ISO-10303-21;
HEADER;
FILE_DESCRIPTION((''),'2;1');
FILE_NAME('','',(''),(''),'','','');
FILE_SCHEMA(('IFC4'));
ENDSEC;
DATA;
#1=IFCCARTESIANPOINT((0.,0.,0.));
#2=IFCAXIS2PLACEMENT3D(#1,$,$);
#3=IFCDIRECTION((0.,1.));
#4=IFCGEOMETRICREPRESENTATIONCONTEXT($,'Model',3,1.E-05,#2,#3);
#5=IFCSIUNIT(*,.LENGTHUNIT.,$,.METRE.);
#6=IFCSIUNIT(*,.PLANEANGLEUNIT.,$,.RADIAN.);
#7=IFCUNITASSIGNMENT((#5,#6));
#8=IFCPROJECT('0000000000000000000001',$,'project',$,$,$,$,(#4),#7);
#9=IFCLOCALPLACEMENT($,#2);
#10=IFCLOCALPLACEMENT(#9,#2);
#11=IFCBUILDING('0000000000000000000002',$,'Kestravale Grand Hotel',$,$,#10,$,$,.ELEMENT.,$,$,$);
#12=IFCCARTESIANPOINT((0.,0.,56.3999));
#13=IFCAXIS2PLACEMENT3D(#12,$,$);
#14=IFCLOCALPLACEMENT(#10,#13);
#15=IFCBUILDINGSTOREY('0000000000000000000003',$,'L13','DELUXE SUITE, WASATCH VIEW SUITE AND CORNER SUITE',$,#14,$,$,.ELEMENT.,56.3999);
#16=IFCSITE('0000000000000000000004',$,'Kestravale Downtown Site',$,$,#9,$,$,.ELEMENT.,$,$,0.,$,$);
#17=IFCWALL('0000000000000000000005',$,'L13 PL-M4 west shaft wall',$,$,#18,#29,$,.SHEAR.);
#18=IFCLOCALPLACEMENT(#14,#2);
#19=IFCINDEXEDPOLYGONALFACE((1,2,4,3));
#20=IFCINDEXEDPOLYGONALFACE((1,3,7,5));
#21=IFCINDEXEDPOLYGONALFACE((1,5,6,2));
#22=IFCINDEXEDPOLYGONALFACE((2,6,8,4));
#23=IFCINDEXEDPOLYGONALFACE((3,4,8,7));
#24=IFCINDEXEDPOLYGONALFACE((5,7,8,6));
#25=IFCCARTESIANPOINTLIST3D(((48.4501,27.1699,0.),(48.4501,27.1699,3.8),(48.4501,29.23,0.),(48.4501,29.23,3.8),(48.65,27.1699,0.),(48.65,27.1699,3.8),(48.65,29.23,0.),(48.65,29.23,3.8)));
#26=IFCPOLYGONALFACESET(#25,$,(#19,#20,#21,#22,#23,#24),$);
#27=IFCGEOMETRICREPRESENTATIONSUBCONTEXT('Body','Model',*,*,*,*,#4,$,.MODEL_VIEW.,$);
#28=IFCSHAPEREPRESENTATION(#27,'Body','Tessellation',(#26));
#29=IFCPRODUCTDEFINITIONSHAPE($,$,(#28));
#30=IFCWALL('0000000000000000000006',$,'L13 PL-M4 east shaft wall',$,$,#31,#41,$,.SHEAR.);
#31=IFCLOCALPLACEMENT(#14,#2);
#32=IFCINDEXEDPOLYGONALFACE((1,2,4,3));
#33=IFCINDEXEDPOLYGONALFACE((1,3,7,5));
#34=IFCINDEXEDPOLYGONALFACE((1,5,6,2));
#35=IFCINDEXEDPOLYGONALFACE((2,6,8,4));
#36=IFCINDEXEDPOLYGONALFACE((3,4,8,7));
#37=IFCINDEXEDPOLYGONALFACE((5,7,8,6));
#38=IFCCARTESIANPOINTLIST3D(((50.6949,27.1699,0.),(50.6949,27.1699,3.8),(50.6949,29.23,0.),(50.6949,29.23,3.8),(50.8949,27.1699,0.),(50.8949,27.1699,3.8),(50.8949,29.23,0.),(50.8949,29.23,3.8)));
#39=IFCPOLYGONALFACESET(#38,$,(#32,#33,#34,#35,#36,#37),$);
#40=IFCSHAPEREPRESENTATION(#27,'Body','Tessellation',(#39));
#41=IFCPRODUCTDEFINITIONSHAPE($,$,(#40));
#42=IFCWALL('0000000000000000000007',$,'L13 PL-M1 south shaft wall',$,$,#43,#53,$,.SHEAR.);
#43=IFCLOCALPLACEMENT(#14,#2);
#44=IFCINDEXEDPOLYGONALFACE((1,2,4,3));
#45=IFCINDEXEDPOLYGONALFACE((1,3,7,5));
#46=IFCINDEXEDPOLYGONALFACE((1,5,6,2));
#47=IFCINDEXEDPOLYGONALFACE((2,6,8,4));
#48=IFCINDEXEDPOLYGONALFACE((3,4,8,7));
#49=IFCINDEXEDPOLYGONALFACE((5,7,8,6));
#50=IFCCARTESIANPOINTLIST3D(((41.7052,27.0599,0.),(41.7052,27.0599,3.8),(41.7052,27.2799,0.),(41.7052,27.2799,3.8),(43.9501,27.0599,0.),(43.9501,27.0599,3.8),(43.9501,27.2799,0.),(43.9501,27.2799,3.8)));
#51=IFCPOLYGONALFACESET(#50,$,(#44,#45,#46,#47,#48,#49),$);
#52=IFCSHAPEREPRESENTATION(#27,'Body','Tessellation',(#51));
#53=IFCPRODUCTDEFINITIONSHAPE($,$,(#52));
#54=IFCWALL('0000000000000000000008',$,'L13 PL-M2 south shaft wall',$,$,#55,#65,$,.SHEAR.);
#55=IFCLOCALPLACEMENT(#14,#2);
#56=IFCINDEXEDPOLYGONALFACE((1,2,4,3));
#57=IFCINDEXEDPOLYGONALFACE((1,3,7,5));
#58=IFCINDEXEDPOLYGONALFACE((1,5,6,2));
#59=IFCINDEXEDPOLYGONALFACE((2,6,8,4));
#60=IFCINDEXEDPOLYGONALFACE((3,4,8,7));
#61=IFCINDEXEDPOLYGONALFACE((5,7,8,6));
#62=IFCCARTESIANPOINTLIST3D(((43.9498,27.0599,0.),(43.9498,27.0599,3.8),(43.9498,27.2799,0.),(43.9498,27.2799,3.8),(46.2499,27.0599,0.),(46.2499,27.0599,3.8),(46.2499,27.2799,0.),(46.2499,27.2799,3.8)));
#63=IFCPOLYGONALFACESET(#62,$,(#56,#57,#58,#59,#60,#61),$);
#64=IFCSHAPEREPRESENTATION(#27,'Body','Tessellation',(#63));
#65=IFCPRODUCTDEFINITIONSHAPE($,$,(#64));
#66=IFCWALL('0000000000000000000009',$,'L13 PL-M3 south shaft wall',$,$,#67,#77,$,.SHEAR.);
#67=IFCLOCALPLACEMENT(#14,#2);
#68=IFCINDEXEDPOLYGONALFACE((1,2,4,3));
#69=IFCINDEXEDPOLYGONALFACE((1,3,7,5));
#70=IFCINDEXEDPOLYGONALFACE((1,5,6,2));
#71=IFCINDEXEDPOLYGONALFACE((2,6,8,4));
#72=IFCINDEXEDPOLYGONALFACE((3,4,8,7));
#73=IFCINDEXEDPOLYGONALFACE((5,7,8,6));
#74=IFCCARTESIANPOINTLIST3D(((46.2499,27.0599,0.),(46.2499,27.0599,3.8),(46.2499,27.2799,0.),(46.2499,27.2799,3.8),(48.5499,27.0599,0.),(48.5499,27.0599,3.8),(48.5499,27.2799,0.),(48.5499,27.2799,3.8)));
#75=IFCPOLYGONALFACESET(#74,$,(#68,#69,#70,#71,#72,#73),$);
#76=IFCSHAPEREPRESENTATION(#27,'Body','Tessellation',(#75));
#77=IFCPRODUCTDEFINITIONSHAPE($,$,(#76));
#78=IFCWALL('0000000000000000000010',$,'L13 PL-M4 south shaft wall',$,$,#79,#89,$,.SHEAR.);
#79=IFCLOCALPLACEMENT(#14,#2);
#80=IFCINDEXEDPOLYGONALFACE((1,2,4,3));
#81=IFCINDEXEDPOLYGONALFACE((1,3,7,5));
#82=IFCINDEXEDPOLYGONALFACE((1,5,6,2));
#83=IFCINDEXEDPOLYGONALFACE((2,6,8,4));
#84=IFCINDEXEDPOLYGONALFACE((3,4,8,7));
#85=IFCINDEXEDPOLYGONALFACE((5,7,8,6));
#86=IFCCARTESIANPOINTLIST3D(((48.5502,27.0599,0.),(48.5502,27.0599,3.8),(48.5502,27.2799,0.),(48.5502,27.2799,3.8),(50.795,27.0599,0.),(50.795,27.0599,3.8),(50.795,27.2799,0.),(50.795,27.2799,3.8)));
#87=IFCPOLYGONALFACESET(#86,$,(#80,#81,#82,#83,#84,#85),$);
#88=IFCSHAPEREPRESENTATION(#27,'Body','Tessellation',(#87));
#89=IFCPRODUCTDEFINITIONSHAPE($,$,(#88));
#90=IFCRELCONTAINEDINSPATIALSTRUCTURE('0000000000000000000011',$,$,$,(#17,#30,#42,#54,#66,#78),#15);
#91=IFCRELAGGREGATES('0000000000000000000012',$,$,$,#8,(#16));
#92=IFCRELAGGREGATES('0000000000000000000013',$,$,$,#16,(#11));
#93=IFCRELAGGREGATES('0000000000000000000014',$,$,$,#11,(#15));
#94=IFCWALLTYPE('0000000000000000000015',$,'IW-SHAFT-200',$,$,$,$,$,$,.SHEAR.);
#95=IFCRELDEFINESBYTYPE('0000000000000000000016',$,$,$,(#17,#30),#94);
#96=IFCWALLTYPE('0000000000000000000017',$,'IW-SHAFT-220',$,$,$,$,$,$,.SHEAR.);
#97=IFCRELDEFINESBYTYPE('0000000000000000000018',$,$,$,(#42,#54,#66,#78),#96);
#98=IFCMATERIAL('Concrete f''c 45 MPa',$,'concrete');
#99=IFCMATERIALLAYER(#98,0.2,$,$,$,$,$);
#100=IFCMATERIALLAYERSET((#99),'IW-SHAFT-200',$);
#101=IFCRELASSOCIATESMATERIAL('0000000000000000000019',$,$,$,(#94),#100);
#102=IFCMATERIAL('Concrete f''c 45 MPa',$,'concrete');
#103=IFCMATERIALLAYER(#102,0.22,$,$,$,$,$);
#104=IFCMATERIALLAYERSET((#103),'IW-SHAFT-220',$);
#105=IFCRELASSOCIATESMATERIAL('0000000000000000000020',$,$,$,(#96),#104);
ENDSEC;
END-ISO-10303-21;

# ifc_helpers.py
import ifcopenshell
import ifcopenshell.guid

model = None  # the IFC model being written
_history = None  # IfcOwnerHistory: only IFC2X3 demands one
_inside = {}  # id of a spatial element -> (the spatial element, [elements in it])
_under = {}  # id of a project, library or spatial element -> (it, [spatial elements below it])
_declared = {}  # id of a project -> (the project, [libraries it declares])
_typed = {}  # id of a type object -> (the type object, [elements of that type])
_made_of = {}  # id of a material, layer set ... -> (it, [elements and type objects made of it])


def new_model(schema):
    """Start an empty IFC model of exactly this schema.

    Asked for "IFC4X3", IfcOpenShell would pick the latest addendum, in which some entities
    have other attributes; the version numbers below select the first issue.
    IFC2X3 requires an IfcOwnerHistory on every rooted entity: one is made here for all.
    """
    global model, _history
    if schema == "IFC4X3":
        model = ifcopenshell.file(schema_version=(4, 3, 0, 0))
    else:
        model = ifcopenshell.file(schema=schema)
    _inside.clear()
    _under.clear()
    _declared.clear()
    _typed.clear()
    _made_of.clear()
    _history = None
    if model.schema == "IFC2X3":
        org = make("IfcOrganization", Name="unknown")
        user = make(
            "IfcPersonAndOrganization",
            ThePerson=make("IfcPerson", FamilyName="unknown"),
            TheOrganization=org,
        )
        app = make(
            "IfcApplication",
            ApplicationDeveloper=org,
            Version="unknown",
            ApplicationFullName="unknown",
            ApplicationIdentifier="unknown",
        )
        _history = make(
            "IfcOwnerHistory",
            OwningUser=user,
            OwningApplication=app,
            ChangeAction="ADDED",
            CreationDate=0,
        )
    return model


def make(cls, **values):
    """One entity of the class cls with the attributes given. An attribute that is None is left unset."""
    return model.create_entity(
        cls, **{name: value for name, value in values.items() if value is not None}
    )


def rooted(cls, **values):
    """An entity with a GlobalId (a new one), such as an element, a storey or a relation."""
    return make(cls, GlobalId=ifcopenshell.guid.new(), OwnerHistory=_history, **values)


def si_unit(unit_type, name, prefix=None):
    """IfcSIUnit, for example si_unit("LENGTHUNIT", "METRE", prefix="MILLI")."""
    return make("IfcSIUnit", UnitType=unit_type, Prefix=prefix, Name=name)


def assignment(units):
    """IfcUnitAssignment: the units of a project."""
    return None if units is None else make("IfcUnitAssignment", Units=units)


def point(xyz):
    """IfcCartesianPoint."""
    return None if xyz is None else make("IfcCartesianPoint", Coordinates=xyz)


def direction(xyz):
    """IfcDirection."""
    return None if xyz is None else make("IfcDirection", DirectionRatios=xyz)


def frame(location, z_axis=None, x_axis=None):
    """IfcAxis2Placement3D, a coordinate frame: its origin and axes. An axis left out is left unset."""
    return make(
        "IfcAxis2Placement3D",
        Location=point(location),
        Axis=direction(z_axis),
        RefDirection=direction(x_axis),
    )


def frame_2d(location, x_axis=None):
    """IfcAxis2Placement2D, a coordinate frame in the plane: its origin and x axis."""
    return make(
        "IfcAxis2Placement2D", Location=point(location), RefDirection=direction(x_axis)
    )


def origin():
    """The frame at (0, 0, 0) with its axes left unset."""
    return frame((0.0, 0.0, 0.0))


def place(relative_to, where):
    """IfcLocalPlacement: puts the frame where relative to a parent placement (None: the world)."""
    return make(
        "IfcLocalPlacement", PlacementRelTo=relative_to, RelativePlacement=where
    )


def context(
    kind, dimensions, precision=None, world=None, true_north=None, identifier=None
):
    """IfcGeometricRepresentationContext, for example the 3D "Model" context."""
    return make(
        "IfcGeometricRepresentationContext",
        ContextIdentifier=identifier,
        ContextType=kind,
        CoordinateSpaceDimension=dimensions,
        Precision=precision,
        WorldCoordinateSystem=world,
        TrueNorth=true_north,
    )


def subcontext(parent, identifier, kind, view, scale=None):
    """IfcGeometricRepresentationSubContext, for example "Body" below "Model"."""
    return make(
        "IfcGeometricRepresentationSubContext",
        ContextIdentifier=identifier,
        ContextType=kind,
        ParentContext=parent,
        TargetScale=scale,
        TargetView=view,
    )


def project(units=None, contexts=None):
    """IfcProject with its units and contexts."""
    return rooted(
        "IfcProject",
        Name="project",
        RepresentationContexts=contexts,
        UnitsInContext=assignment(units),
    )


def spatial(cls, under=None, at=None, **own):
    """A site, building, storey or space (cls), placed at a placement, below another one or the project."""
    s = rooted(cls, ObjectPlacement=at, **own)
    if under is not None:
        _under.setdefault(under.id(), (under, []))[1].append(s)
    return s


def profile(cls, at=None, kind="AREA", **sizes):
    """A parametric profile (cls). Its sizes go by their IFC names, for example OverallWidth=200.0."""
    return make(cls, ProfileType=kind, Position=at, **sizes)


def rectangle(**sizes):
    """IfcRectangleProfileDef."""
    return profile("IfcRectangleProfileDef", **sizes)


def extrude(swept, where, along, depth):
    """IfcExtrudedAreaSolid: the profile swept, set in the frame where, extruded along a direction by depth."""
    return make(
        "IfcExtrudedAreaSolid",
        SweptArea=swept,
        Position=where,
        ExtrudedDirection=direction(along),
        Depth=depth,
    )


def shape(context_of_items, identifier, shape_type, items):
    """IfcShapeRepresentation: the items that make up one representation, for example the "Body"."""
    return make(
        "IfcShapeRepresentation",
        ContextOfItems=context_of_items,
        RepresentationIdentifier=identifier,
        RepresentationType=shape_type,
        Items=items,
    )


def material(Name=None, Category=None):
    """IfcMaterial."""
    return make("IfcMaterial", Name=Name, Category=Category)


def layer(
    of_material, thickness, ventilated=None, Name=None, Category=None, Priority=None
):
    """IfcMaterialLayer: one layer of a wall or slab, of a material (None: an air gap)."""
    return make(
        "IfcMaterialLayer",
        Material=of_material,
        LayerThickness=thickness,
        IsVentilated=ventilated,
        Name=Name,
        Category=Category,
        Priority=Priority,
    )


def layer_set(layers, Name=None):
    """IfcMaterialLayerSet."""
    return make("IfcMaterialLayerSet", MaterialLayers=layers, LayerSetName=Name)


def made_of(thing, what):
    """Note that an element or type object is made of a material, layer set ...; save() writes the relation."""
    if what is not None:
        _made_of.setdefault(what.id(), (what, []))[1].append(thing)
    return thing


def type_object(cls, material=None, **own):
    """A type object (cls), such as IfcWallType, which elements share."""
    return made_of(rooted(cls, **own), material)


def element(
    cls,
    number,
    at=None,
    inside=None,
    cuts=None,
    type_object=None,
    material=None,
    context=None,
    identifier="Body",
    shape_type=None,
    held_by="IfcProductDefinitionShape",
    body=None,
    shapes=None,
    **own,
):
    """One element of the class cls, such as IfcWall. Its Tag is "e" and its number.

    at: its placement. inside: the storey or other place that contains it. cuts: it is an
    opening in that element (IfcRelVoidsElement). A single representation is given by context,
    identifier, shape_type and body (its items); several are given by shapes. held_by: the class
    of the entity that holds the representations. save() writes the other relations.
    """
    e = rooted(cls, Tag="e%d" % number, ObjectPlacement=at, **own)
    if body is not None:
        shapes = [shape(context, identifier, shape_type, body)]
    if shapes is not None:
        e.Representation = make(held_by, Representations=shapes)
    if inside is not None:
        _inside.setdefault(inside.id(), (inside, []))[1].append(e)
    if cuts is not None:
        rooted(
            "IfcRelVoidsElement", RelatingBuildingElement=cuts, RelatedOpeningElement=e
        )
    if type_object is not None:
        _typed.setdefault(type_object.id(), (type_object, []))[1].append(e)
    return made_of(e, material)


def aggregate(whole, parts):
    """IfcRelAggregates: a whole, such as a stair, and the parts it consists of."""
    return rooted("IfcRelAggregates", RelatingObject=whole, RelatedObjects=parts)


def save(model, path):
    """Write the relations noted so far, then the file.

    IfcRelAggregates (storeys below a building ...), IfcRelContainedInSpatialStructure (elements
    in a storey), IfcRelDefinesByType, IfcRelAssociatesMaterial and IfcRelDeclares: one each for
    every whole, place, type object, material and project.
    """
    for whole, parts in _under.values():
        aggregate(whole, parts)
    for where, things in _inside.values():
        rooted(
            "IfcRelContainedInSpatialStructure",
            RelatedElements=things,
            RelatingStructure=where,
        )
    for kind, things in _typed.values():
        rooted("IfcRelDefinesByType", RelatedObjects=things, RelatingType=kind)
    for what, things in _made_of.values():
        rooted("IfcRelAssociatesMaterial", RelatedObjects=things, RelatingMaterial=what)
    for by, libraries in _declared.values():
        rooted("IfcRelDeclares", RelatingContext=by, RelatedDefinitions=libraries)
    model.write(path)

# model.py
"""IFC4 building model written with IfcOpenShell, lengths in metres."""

from ifc_helpers import new_model, si_unit, direction, frame, frame_2d, origin, place, context, subcontext, project, spatial, rectangle, extrude, material, layer, layer_set, type_object, element, save


model = new_model("IFC4")

# Units and contexts
model_context = context("Model", 3, precision=1e-05, world=origin(), true_north=direction((0.0, 1.0)))
body_context = subcontext(model_context, "Body", "Model", "MODEL_VIEW")
ifc_project = project(units=[si_unit("LENGTHUNIT", "METRE"), si_unit("PLANEANGLEUNIT", "RADIAN")], contexts=[model_context])

# Site, building, storey
site_placement = place(None, origin())
site = spatial("IfcSite", under=ifc_project, at=site_placement, Name="Kestravale Downtown Site", CompositionType="ELEMENT", RefElevation=0.0)
building_placement = place(site_placement, origin())
building = spatial("IfcBuilding", under=site, at=building_placement, Name="Kestravale Grand Hotel", CompositionType="ELEMENT")
storey_placement = place(building_placement, frame((0.0, 0.0, 56.3999)))
storey = spatial("IfcBuildingStorey", under=building, at=storey_placement, Name="L13", Description="DELUXE SUITE, WASATCH VIEW SUITE AND CORNER SUITE", CompositionType="ELEMENT", Elevation=56.3999)

# Walls
ifc_material_1 = material(Name="Concrete f'c 45 MPa", Category="concrete")
ifc_layer_1 = layer(ifc_material_1, 0.2)
ifc_layer_set_1 = layer_set([ifc_layer_1], Name="IW-SHAFT-200")
wall_type_1 = type_object("IfcWallType", Name="IW-SHAFT-200", PredefinedType="SHEAR", material=ifc_layer_set_1)
for number, where, z_axis, x_axis, name in (
    (1, (48.55, 27.1699, 0.0), (0.0, 0.0, 1.0), (0.0, 1.0, 0.0), "L13 PL-M4 west shaft wall"),
    (2, (50.7949, 27.1699, 0.0), (0.0, 0.0, 1.0), (0.0, 1.0, 0.0), "L13 PL-M4 east shaft wall"),
):
    element("IfcWall", number, at=place(storey_placement, frame(where, z_axis=z_axis, x_axis=x_axis)), inside=storey, type_object=wall_type_1, Name=name, PredefinedType="SHEAR", context=body_context, shape_type="SweptSolid", body=[
        extrude(rectangle(XDim=2.0601, YDim=0.2, at=frame_2d((1.03, 0.0))), origin(), (0.0, 0.0, 1.0), 3.8),
    ])
ifc_material_2 = material(Name="Concrete f'c 45 MPa", Category="concrete")
ifc_layer_2 = layer(ifc_material_2, 0.22)
ifc_layer_set_2 = layer_set([ifc_layer_2], Name="IW-SHAFT-220")
wall_type_2 = type_object("IfcWallType", Name="IW-SHAFT-220", PredefinedType="SHEAR", material=ifc_layer_set_2)
wall_1_placement = place(storey_placement, frame((41.7051, 27.1699, 0.0), z_axis=(0.0, 0.0, 1.0), x_axis=(1.0, 0.0, 0.0)))
element("IfcWall", 3, at=wall_1_placement, inside=storey, type_object=wall_type_2, Name="L13 PL-M1 south shaft wall", PredefinedType="SHEAR", context=body_context, shape_type="SweptSolid", body=[
    extrude(rectangle(XDim=2.2449, YDim=0.22, at=frame_2d((1.1226, 0.0))), origin(), (0.0, 0.0, 1.0), 3.8),
])
for number, where, z_axis, x_axis, name in (
    (4, (43.95, 27.1699, 0.0), (0.0, 0.0, 1.0), (1.0, 0.0, 0.0), "L13 PL-M2 south shaft wall"),
    (5, (46.25, 27.1699, 0.0), (0.0, 0.0, 1.0), (1.0, 0.0, 0.0), "L13 PL-M3 south shaft wall"),
):
    element("IfcWall", number, at=place(storey_placement, frame(where, z_axis=z_axis, x_axis=x_axis)), inside=storey, type_object=wall_type_2, Name=name, PredefinedType="SHEAR", context=body_context, shape_type="SweptSolid", body=[
        extrude(rectangle(XDim=2.3, YDim=0.22, at=frame_2d((1.1499, 0.0))), origin(), (0.0, 0.0, 1.0), 3.8),
    ])
wall_2_placement = place(storey_placement, frame((48.55, 27.1699, 0.0), z_axis=(0.0, 0.0, 1.0), x_axis=(1.0, 0.0, 0.0)))
element("IfcWall", 6, at=wall_2_placement, inside=storey, type_object=wall_type_2, Name="L13 PL-M4 south shaft wall", PredefinedType="SHEAR", context=body_context, shape_type="SweptSolid", body=[
    extrude(rectangle(XDim=2.2449, YDim=0.22, at=frame_2d((1.1226, 0.0))), origin(), (0.0, 0.0, 1.0), 3.8),
])

save(model, "model.ifc")
